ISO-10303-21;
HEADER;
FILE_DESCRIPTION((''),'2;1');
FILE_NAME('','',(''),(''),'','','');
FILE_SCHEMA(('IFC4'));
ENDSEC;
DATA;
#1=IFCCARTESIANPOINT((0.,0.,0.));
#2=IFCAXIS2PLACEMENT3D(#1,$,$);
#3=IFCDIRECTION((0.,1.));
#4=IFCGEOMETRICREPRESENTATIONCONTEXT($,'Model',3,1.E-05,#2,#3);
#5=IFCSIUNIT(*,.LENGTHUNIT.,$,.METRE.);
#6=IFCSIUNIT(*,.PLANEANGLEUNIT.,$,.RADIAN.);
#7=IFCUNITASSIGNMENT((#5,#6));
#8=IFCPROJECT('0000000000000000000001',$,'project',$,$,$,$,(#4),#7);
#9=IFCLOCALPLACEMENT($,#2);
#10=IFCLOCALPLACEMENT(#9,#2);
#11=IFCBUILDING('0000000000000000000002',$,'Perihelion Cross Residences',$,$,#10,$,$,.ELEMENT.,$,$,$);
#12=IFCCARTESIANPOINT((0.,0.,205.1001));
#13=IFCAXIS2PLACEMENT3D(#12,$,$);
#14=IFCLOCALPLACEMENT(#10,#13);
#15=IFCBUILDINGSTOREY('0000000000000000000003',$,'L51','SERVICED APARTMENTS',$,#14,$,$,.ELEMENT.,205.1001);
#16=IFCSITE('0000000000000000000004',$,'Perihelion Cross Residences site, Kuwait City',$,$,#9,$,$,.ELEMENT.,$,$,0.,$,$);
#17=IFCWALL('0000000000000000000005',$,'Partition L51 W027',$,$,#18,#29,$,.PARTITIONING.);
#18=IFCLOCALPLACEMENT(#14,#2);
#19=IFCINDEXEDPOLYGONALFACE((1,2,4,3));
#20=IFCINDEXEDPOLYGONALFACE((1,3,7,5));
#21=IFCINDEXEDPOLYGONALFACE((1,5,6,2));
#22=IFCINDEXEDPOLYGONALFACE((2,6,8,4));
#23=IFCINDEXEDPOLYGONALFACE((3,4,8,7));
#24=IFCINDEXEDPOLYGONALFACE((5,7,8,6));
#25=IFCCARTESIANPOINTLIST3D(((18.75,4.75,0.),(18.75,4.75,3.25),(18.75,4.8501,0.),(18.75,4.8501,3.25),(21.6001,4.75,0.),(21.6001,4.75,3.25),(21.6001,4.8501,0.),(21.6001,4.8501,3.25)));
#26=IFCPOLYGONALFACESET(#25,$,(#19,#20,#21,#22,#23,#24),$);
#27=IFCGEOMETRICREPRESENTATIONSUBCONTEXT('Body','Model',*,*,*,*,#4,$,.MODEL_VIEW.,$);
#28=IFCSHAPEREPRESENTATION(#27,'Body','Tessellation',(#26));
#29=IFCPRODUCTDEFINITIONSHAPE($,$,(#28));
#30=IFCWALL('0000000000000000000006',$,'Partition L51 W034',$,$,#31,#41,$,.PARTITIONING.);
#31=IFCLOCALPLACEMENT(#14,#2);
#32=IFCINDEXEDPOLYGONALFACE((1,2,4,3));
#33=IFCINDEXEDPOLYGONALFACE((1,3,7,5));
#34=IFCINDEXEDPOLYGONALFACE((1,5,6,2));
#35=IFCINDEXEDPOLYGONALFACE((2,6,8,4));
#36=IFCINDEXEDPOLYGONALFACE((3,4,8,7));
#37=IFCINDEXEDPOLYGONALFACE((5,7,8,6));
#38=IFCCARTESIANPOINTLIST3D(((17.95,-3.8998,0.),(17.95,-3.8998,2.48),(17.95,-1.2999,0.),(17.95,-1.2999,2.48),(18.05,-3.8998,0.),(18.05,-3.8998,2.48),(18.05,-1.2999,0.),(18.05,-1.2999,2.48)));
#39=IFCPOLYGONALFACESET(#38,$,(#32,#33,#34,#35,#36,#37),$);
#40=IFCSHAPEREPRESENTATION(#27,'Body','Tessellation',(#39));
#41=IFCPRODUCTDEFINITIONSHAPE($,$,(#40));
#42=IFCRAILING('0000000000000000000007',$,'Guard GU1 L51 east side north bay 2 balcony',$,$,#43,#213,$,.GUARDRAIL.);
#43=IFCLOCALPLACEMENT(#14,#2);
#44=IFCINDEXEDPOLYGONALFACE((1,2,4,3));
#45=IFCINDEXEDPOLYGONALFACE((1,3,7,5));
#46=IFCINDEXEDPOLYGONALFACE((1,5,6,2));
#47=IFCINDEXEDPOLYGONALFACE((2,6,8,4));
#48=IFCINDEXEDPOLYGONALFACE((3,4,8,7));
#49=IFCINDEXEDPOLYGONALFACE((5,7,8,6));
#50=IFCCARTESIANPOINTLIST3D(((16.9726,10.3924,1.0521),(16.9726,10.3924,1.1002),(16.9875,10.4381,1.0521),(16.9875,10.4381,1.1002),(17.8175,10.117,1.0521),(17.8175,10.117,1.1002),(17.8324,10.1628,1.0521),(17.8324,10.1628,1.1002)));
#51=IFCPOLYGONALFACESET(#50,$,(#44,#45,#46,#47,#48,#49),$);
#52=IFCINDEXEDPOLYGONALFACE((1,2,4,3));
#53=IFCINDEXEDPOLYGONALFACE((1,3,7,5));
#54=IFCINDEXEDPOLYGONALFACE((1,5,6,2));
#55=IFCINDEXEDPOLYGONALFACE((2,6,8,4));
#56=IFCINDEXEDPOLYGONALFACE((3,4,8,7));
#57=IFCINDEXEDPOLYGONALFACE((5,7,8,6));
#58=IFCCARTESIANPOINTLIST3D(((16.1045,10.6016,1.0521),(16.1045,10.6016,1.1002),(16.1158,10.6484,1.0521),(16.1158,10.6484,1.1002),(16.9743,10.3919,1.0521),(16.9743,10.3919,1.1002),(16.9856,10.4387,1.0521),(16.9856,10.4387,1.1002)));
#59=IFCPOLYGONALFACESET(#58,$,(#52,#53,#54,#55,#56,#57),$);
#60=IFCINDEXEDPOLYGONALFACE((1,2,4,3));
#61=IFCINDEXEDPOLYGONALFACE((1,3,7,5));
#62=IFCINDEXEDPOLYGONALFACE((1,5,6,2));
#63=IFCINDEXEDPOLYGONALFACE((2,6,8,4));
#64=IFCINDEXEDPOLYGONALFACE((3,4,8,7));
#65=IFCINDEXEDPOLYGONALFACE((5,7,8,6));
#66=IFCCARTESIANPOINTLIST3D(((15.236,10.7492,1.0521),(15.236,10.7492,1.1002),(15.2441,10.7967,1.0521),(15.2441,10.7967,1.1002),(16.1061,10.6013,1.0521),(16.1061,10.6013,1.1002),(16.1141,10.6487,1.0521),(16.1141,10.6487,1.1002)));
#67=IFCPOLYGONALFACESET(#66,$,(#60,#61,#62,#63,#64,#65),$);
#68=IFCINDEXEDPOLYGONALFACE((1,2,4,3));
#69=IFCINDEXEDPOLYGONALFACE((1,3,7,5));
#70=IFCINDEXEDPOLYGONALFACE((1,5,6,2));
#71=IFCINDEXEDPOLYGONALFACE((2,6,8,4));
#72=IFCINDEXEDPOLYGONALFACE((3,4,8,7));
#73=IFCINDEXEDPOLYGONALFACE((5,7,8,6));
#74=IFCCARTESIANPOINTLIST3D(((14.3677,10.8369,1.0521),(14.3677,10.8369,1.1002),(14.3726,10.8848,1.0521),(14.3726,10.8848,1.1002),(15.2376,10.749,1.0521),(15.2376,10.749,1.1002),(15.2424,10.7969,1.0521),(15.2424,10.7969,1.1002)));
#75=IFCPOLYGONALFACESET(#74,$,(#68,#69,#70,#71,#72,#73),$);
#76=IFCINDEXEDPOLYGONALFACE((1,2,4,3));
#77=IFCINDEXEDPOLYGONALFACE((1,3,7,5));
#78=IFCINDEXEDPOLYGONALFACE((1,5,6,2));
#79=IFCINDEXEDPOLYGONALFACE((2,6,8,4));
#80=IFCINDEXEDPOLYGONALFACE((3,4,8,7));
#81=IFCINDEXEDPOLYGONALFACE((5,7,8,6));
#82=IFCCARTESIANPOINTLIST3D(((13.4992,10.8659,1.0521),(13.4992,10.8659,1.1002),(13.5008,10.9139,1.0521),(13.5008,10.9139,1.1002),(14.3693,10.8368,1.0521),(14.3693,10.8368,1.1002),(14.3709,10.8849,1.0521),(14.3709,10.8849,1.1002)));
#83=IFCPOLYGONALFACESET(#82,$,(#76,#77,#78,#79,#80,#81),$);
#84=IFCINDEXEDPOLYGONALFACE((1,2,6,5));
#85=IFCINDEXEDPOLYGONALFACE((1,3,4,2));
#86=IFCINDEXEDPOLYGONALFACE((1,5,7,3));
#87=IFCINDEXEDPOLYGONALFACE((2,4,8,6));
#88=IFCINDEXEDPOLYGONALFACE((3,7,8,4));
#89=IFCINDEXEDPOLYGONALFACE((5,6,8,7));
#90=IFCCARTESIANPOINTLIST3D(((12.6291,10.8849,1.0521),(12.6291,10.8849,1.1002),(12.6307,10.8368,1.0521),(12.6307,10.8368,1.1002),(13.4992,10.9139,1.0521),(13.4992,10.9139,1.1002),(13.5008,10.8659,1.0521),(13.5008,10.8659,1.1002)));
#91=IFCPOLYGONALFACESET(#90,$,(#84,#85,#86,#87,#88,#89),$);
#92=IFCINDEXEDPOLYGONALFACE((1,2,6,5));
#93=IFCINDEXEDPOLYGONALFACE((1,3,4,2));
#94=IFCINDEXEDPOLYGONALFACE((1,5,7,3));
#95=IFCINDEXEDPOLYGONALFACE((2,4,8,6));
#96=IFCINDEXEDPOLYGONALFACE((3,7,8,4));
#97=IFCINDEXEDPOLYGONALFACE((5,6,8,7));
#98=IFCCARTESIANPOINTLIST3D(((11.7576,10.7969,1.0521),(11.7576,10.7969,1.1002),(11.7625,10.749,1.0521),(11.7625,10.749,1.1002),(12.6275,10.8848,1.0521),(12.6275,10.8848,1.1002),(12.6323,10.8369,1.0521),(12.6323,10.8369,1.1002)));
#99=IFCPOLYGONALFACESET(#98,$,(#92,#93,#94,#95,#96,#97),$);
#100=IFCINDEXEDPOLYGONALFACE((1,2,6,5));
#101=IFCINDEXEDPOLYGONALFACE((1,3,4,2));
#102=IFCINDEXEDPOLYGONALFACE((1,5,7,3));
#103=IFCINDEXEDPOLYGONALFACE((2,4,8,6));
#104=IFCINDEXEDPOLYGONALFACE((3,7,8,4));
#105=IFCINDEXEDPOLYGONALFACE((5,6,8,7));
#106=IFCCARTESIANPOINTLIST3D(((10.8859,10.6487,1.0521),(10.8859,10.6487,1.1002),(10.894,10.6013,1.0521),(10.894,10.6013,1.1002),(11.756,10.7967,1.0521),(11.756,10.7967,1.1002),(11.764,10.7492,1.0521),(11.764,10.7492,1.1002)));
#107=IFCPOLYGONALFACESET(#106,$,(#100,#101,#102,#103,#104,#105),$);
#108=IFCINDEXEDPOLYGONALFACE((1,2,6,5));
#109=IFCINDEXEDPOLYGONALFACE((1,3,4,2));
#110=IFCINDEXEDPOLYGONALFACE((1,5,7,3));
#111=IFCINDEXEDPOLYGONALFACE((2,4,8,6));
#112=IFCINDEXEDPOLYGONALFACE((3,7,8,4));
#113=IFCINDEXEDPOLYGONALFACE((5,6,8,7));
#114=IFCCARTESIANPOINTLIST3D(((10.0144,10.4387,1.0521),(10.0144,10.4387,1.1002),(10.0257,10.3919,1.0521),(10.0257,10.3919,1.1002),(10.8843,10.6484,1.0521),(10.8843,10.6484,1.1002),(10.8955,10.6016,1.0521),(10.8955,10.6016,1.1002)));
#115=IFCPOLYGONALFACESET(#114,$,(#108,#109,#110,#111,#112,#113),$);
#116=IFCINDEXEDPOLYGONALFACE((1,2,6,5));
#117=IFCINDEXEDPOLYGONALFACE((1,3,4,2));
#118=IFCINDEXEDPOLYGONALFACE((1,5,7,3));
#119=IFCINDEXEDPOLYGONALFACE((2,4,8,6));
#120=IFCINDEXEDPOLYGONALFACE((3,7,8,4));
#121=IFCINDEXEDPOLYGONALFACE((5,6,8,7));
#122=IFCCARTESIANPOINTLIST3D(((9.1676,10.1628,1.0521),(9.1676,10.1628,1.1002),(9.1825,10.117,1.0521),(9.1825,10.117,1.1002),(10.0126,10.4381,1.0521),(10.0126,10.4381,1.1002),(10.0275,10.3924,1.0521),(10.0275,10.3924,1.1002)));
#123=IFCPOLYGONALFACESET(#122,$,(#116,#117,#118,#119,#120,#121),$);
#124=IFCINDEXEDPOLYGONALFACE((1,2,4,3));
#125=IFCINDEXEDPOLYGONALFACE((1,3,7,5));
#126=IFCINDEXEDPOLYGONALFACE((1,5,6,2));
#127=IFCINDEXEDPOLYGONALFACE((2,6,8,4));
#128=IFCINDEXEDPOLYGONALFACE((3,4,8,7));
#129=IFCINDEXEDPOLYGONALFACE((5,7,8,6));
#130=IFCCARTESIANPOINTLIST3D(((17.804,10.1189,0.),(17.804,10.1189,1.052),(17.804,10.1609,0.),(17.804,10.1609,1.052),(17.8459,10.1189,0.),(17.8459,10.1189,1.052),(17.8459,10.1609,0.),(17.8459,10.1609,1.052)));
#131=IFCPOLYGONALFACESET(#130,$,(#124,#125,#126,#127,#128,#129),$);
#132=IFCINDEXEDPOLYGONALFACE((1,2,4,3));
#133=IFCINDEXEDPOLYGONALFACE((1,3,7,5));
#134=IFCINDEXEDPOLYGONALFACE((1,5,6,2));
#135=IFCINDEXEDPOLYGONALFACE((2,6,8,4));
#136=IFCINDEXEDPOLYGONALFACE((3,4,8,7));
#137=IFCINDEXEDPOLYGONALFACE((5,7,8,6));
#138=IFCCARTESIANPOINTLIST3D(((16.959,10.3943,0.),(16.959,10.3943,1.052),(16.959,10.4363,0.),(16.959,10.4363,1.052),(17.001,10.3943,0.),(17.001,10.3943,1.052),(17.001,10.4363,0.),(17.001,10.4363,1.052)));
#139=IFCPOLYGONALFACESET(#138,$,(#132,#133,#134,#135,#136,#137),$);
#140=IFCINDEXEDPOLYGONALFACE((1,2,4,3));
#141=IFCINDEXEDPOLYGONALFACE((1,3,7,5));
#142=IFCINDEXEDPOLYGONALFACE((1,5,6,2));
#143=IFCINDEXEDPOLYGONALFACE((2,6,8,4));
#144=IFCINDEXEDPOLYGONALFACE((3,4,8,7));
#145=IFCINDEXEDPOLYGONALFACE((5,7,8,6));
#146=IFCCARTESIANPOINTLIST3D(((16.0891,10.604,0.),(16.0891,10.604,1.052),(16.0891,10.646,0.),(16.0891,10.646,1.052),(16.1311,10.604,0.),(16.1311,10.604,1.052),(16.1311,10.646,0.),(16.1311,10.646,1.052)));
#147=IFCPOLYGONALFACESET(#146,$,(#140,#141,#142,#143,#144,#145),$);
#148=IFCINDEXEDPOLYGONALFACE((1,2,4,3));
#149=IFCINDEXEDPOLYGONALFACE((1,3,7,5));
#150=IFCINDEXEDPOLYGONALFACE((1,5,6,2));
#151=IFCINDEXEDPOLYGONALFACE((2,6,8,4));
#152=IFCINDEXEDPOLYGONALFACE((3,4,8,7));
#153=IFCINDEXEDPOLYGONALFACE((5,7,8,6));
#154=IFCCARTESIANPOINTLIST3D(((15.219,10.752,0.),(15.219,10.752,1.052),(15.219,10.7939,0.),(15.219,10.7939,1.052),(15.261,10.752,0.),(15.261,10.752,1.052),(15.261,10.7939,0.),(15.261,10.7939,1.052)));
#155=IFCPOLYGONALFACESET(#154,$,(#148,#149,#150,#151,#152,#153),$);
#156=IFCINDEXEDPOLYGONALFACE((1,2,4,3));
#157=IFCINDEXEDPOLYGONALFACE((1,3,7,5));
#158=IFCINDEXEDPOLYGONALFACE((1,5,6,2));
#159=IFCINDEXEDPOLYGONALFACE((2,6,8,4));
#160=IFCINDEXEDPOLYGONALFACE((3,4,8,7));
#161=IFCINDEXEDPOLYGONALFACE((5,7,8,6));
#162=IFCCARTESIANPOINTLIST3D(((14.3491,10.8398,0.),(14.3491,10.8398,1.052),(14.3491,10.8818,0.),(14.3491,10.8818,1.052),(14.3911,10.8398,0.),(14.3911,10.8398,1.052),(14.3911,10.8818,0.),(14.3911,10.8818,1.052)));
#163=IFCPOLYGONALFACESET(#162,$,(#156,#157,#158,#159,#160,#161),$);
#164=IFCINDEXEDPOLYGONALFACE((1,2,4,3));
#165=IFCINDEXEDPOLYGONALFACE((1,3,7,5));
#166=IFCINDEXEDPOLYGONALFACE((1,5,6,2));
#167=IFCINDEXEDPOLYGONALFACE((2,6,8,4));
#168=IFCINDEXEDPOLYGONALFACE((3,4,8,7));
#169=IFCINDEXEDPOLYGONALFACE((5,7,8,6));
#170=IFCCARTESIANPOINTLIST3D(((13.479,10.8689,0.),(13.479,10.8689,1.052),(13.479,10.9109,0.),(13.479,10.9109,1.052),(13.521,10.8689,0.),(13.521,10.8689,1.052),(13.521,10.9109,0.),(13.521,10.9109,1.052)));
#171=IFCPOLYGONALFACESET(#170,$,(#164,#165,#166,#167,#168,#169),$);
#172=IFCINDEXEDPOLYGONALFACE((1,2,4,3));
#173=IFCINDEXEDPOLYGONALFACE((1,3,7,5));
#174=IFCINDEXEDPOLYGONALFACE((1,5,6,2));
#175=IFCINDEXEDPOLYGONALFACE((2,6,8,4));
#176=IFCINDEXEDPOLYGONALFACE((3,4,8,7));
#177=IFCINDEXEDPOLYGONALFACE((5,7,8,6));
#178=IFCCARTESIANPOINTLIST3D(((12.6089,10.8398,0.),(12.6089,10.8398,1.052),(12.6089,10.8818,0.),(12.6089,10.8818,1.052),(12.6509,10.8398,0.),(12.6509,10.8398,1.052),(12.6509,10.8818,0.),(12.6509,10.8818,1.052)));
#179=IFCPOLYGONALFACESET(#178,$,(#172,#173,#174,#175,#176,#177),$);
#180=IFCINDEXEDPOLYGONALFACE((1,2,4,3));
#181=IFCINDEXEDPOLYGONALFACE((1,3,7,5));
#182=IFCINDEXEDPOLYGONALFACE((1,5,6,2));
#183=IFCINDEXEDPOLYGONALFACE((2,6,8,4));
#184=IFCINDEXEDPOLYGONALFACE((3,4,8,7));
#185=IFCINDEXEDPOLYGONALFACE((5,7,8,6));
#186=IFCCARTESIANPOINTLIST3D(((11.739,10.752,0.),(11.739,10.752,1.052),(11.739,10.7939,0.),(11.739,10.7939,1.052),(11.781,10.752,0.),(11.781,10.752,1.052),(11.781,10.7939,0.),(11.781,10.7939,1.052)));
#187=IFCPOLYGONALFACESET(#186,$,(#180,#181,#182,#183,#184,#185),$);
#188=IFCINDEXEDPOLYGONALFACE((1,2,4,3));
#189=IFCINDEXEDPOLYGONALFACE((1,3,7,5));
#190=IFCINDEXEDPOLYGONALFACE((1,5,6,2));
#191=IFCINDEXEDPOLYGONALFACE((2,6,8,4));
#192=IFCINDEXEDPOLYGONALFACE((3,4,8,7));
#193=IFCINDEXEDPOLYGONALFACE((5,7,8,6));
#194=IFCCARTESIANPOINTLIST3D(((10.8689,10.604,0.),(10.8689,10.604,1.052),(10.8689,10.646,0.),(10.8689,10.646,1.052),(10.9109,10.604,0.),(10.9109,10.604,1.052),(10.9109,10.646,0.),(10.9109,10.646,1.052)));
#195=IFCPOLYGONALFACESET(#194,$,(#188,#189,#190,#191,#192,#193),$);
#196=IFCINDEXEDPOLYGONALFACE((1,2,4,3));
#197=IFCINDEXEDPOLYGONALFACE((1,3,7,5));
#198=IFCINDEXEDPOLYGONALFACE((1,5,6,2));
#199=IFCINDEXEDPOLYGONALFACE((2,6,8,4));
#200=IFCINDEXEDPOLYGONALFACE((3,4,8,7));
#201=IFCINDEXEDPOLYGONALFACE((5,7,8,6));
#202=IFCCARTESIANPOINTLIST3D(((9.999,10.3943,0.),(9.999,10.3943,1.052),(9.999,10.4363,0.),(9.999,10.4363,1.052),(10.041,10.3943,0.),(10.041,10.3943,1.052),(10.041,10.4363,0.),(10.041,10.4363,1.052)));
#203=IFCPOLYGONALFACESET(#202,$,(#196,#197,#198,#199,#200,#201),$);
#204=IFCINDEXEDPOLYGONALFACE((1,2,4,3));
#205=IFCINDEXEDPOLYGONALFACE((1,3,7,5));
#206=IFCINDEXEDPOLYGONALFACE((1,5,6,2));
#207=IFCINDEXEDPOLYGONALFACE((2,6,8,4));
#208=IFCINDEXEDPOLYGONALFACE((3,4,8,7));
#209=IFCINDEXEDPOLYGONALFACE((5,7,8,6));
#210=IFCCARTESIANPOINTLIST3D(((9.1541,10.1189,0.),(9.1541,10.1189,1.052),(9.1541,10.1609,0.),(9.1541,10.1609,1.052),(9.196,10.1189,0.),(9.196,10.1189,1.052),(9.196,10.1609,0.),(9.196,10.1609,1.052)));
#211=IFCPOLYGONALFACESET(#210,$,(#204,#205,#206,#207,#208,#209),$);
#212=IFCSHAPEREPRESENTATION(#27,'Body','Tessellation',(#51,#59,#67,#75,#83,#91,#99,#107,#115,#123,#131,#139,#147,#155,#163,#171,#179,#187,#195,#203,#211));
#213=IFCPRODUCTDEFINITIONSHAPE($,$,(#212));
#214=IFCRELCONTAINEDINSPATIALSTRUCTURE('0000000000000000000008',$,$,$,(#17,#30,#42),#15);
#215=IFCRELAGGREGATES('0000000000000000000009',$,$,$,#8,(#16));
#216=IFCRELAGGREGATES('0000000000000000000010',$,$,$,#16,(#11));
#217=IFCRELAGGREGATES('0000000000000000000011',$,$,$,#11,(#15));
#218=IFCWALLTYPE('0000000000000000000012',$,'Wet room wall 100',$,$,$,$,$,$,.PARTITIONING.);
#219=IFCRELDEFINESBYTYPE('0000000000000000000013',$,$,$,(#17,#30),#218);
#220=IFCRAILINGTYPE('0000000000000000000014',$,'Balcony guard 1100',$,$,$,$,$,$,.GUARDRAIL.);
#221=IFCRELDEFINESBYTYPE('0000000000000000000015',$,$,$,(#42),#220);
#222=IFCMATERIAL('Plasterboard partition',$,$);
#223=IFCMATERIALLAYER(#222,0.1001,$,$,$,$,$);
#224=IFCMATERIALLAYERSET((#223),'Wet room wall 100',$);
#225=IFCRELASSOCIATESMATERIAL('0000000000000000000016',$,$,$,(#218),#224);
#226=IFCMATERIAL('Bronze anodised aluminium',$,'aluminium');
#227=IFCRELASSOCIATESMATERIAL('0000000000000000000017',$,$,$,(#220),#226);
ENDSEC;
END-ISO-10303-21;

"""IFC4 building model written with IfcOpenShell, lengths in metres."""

from ifc_helpers import new_model, si_unit, direction, frame, frame_2d, origin, origin_2d, place, context, subcontext, project, spatial, rectangle, extrude, material, layer, layer_set, type_object, element, save


model = new_model("IFC4")

# Units and contexts
model_context = context("Model", 3, precision=1e-05, world=origin(), true_north=direction((0.0, 1.0)))
body_context = subcontext(model_context, "Body", "Model", "MODEL_VIEW")
ifc_project = project(units=[si_unit("LENGTHUNIT", "METRE"), si_unit("PLANEANGLEUNIT", "RADIAN")], contexts=[model_context])

# Site, building, storey
site_placement = place(None, origin())
site = spatial("IfcSite", under=ifc_project, at=site_placement, Name="Perihelion Cross Residences site, Kuwait City", CompositionType="ELEMENT", RefElevation=0.0)
building_placement = place(site_placement, origin())
building = spatial("IfcBuilding", under=site, at=building_placement, Name="Perihelion Cross Residences", CompositionType="ELEMENT")
storey_placement = place(building_placement, frame((0.0, 0.0, 205.1001)))
storey = spatial("IfcBuildingStorey", under=building, at=storey_placement, Name="L51", Description="SERVICED APARTMENTS", CompositionType="ELEMENT", Elevation=205.1001)

# Shared definitions
ifc_material_1 = material(Name="Plasterboard partition")
ifc_layer_1 = layer(ifc_material_1, 0.1001)
ifc_layer_set_1 = layer_set([ifc_layer_1], Name="Wet room wall 100")
wall_type_1 = type_object("IfcWallType", Name="Wet room wall 100", PredefinedType="PARTITIONING", material=ifc_layer_set_1)

# Walls
wall_1_placement = place(storey_placement, frame((18.75, 4.8, 0.0), z_axis=(0.0, 0.0, 1.0), x_axis=(1.0, 0.0, 0.0)))
element("IfcWall", 1, at=wall_1_placement, inside=storey, type_object=wall_type_1, Name="Partition L51 W027", PredefinedType="PARTITIONING", context=body_context, shape_type="SweptSolid", body=[
    extrude(rectangle(XDim=2.8501, YDim=0.1001, at=frame_2d((1.425, 0.0))), origin(), (0.0, 0.0, 1.0), 3.25),
])
wall_2_placement = place(storey_placement, frame((18.0, -1.3, 0.0), z_axis=(0.0, 0.0, 1.0), x_axis=(0.0, -1.0, 0.0)))
element("IfcWall", 2, at=wall_2_placement, inside=storey, type_object=wall_type_1, Name="Partition L51 W034", PredefinedType="PARTITIONING", context=body_context, shape_type="SweptSolid", body=[
    extrude(rectangle(XDim=2.5999, YDim=0.1001, at=frame_2d((1.2998, 0.0))), origin(), (0.0, 0.0, 1.0), 2.48),
])

# Railing
ifc_material_2 = material(Name="Bronze anodised aluminium", Category="aluminium")
railing_type = type_object("IfcRailingType", Name="Balcony guard 1100", PredefinedType="GUARDRAIL", material=ifc_material_2)
railing_placement = place(storey_placement, frame((17.825, 10.1399, 0.0)))
element("IfcRailing", 3, at=railing_placement, inside=storey, type_object=railing_type, Name="Guard GU1 L51 east side north bay 2 balcony", PredefinedType="GUARDRAIL", context=body_context, shape_type="SweptSolid", body=[
    extrude(rectangle(XDim=0.0481, YDim=0.0481, at=origin_2d()), frame((0.0, 0.0, 1.0762), z_axis=(-0.950777, 0.309875, 0.0), x_axis=(-0.309875, -0.950777, 0.0)), (0.0, 0.0, 1.0), 0.8887),
    extrude(rectangle(XDim=0.0481, YDim=0.0481, at=origin_2d()), frame((-0.845, 0.2754, 1.0762), z_axis=(-0.972147, 0.234374, 0.0), x_axis=(-0.234374, -0.972147, 0.0)), (0.0, 0.0, 1.0), 0.8948),
    extrude(rectangle(XDim=0.0481, YDim=0.0481, at=origin_2d()), frame((-1.7148, 0.4851, 1.0762), z_axis=(-0.98585, 0.167628, 0.0), x_axis=(-0.167628, -0.98585, 0.0)), (0.0, 0.0, 1.0), 0.8826),
    extrude(rectangle(XDim=0.0481, YDim=0.0481, at=origin_2d()), frame((-2.585, 0.6331, 1.0762), z_axis=(-0.994934, 0.100527, 0.0), x_axis=(-0.100527, -0.994934, 0.0)), (0.0, 0.0, 1.0), 0.8743),
    extrude(rectangle(XDim=0.0481, YDim=0.0481, at=origin_2d()), frame((-3.4548, 0.7209, 1.0762), z_axis=(-0.999443, 0.033371, 0.0), x_axis=(-0.033371, -0.999443, 0.0)), (0.0, 0.0, 1.0), 0.8706),
    extrude(rectangle(XDim=0.0481, YDim=0.0481, at=origin_2d()), frame((-4.325, 0.75, 1.0762), z_axis=(-0.999443, -0.033371, 0.0), x_axis=(0.033371, -0.999443, 0.0)), (0.0, 0.0, 1.0), 0.8706),
    extrude(rectangle(XDim=0.0481, YDim=0.0481, at=origin_2d()), frame((-5.1951, 0.7209, 1.0762), z_axis=(-0.994934, -0.100527, 0.0), x_axis=(0.100527, -0.994934, 0.0)), (0.0, 0.0, 1.0), 0.8743),
    extrude(rectangle(XDim=0.0481, YDim=0.0481, at=origin_2d()), frame((-6.0649, 0.6331, 1.0762), z_axis=(-0.98585, -0.167628, 0.0), x_axis=(0.167628, -0.98585, 0.0)), (0.0, 0.0, 1.0), 0.8826),
    extrude(rectangle(XDim=0.0481, YDim=0.0481, at=origin_2d()), frame((-6.9351, 0.4851, 1.0762), z_axis=(-0.972147, -0.234374, 0.0), x_axis=(0.234374, -0.972147, 0.0)), (0.0, 0.0, 1.0), 0.8948),
    extrude(rectangle(XDim=0.0481, YDim=0.0481, at=origin_2d()), frame((-7.8049, 0.2754, 1.0762), z_axis=(-0.950777, -0.309875, 0.0), x_axis=(0.309875, -0.950777, 0.0)), (0.0, 0.0, 1.0), 0.8887),
    extrude(rectangle(XDim=0.042, YDim=0.042, at=origin_2d()), origin(), (0.0, 0.0, 1.0), 1.052),
    extrude(rectangle(XDim=0.042, YDim=0.042, at=origin_2d()), frame((-0.845, 0.2754, 0.0)), (0.0, 0.0, 1.0), 1.052),
    extrude(rectangle(XDim=0.042, YDim=0.042, at=origin_2d()), frame((-1.7148, 0.4851, 0.0)), (0.0, 0.0, 1.0), 1.052),
    extrude(rectangle(XDim=0.042, YDim=0.042, at=origin_2d()), frame((-2.585, 0.6331, 0.0)), (0.0, 0.0, 1.0), 1.052),
    extrude(rectangle(XDim=0.042, YDim=0.042, at=origin_2d()), frame((-3.4548, 0.7209, 0.0)), (0.0, 0.0, 1.0), 1.052),
    extrude(rectangle(XDim=0.042, YDim=0.042, at=origin_2d()), frame((-4.325, 0.75, 0.0)), (0.0, 0.0, 1.0), 1.052),
    extrude(rectangle(XDim=0.042, YDim=0.042, at=origin_2d()), frame((-5.1951, 0.7209, 0.0)), (0.0, 0.0, 1.0), 1.052),
    extrude(rectangle(XDim=0.042, YDim=0.042, at=origin_2d()), frame((-6.0649, 0.6331, 0.0)), (0.0, 0.0, 1.0), 1.052),
    extrude(rectangle(XDim=0.042, YDim=0.042, at=origin_2d()), frame((-6.9351, 0.4851, 0.0)), (0.0, 0.0, 1.0), 1.052),
    extrude(rectangle(XDim=0.042, YDim=0.042, at=origin_2d()), frame((-7.8049, 0.2754, 0.0)), (0.0, 0.0, 1.0), 1.052),
    extrude(rectangle(XDim=0.042, YDim=0.042, at=origin_2d()), frame((-8.6499, 0.0, 0.0)), (0.0, 0.0, 1.0), 1.052),
])

save(model, "model.ifc")
